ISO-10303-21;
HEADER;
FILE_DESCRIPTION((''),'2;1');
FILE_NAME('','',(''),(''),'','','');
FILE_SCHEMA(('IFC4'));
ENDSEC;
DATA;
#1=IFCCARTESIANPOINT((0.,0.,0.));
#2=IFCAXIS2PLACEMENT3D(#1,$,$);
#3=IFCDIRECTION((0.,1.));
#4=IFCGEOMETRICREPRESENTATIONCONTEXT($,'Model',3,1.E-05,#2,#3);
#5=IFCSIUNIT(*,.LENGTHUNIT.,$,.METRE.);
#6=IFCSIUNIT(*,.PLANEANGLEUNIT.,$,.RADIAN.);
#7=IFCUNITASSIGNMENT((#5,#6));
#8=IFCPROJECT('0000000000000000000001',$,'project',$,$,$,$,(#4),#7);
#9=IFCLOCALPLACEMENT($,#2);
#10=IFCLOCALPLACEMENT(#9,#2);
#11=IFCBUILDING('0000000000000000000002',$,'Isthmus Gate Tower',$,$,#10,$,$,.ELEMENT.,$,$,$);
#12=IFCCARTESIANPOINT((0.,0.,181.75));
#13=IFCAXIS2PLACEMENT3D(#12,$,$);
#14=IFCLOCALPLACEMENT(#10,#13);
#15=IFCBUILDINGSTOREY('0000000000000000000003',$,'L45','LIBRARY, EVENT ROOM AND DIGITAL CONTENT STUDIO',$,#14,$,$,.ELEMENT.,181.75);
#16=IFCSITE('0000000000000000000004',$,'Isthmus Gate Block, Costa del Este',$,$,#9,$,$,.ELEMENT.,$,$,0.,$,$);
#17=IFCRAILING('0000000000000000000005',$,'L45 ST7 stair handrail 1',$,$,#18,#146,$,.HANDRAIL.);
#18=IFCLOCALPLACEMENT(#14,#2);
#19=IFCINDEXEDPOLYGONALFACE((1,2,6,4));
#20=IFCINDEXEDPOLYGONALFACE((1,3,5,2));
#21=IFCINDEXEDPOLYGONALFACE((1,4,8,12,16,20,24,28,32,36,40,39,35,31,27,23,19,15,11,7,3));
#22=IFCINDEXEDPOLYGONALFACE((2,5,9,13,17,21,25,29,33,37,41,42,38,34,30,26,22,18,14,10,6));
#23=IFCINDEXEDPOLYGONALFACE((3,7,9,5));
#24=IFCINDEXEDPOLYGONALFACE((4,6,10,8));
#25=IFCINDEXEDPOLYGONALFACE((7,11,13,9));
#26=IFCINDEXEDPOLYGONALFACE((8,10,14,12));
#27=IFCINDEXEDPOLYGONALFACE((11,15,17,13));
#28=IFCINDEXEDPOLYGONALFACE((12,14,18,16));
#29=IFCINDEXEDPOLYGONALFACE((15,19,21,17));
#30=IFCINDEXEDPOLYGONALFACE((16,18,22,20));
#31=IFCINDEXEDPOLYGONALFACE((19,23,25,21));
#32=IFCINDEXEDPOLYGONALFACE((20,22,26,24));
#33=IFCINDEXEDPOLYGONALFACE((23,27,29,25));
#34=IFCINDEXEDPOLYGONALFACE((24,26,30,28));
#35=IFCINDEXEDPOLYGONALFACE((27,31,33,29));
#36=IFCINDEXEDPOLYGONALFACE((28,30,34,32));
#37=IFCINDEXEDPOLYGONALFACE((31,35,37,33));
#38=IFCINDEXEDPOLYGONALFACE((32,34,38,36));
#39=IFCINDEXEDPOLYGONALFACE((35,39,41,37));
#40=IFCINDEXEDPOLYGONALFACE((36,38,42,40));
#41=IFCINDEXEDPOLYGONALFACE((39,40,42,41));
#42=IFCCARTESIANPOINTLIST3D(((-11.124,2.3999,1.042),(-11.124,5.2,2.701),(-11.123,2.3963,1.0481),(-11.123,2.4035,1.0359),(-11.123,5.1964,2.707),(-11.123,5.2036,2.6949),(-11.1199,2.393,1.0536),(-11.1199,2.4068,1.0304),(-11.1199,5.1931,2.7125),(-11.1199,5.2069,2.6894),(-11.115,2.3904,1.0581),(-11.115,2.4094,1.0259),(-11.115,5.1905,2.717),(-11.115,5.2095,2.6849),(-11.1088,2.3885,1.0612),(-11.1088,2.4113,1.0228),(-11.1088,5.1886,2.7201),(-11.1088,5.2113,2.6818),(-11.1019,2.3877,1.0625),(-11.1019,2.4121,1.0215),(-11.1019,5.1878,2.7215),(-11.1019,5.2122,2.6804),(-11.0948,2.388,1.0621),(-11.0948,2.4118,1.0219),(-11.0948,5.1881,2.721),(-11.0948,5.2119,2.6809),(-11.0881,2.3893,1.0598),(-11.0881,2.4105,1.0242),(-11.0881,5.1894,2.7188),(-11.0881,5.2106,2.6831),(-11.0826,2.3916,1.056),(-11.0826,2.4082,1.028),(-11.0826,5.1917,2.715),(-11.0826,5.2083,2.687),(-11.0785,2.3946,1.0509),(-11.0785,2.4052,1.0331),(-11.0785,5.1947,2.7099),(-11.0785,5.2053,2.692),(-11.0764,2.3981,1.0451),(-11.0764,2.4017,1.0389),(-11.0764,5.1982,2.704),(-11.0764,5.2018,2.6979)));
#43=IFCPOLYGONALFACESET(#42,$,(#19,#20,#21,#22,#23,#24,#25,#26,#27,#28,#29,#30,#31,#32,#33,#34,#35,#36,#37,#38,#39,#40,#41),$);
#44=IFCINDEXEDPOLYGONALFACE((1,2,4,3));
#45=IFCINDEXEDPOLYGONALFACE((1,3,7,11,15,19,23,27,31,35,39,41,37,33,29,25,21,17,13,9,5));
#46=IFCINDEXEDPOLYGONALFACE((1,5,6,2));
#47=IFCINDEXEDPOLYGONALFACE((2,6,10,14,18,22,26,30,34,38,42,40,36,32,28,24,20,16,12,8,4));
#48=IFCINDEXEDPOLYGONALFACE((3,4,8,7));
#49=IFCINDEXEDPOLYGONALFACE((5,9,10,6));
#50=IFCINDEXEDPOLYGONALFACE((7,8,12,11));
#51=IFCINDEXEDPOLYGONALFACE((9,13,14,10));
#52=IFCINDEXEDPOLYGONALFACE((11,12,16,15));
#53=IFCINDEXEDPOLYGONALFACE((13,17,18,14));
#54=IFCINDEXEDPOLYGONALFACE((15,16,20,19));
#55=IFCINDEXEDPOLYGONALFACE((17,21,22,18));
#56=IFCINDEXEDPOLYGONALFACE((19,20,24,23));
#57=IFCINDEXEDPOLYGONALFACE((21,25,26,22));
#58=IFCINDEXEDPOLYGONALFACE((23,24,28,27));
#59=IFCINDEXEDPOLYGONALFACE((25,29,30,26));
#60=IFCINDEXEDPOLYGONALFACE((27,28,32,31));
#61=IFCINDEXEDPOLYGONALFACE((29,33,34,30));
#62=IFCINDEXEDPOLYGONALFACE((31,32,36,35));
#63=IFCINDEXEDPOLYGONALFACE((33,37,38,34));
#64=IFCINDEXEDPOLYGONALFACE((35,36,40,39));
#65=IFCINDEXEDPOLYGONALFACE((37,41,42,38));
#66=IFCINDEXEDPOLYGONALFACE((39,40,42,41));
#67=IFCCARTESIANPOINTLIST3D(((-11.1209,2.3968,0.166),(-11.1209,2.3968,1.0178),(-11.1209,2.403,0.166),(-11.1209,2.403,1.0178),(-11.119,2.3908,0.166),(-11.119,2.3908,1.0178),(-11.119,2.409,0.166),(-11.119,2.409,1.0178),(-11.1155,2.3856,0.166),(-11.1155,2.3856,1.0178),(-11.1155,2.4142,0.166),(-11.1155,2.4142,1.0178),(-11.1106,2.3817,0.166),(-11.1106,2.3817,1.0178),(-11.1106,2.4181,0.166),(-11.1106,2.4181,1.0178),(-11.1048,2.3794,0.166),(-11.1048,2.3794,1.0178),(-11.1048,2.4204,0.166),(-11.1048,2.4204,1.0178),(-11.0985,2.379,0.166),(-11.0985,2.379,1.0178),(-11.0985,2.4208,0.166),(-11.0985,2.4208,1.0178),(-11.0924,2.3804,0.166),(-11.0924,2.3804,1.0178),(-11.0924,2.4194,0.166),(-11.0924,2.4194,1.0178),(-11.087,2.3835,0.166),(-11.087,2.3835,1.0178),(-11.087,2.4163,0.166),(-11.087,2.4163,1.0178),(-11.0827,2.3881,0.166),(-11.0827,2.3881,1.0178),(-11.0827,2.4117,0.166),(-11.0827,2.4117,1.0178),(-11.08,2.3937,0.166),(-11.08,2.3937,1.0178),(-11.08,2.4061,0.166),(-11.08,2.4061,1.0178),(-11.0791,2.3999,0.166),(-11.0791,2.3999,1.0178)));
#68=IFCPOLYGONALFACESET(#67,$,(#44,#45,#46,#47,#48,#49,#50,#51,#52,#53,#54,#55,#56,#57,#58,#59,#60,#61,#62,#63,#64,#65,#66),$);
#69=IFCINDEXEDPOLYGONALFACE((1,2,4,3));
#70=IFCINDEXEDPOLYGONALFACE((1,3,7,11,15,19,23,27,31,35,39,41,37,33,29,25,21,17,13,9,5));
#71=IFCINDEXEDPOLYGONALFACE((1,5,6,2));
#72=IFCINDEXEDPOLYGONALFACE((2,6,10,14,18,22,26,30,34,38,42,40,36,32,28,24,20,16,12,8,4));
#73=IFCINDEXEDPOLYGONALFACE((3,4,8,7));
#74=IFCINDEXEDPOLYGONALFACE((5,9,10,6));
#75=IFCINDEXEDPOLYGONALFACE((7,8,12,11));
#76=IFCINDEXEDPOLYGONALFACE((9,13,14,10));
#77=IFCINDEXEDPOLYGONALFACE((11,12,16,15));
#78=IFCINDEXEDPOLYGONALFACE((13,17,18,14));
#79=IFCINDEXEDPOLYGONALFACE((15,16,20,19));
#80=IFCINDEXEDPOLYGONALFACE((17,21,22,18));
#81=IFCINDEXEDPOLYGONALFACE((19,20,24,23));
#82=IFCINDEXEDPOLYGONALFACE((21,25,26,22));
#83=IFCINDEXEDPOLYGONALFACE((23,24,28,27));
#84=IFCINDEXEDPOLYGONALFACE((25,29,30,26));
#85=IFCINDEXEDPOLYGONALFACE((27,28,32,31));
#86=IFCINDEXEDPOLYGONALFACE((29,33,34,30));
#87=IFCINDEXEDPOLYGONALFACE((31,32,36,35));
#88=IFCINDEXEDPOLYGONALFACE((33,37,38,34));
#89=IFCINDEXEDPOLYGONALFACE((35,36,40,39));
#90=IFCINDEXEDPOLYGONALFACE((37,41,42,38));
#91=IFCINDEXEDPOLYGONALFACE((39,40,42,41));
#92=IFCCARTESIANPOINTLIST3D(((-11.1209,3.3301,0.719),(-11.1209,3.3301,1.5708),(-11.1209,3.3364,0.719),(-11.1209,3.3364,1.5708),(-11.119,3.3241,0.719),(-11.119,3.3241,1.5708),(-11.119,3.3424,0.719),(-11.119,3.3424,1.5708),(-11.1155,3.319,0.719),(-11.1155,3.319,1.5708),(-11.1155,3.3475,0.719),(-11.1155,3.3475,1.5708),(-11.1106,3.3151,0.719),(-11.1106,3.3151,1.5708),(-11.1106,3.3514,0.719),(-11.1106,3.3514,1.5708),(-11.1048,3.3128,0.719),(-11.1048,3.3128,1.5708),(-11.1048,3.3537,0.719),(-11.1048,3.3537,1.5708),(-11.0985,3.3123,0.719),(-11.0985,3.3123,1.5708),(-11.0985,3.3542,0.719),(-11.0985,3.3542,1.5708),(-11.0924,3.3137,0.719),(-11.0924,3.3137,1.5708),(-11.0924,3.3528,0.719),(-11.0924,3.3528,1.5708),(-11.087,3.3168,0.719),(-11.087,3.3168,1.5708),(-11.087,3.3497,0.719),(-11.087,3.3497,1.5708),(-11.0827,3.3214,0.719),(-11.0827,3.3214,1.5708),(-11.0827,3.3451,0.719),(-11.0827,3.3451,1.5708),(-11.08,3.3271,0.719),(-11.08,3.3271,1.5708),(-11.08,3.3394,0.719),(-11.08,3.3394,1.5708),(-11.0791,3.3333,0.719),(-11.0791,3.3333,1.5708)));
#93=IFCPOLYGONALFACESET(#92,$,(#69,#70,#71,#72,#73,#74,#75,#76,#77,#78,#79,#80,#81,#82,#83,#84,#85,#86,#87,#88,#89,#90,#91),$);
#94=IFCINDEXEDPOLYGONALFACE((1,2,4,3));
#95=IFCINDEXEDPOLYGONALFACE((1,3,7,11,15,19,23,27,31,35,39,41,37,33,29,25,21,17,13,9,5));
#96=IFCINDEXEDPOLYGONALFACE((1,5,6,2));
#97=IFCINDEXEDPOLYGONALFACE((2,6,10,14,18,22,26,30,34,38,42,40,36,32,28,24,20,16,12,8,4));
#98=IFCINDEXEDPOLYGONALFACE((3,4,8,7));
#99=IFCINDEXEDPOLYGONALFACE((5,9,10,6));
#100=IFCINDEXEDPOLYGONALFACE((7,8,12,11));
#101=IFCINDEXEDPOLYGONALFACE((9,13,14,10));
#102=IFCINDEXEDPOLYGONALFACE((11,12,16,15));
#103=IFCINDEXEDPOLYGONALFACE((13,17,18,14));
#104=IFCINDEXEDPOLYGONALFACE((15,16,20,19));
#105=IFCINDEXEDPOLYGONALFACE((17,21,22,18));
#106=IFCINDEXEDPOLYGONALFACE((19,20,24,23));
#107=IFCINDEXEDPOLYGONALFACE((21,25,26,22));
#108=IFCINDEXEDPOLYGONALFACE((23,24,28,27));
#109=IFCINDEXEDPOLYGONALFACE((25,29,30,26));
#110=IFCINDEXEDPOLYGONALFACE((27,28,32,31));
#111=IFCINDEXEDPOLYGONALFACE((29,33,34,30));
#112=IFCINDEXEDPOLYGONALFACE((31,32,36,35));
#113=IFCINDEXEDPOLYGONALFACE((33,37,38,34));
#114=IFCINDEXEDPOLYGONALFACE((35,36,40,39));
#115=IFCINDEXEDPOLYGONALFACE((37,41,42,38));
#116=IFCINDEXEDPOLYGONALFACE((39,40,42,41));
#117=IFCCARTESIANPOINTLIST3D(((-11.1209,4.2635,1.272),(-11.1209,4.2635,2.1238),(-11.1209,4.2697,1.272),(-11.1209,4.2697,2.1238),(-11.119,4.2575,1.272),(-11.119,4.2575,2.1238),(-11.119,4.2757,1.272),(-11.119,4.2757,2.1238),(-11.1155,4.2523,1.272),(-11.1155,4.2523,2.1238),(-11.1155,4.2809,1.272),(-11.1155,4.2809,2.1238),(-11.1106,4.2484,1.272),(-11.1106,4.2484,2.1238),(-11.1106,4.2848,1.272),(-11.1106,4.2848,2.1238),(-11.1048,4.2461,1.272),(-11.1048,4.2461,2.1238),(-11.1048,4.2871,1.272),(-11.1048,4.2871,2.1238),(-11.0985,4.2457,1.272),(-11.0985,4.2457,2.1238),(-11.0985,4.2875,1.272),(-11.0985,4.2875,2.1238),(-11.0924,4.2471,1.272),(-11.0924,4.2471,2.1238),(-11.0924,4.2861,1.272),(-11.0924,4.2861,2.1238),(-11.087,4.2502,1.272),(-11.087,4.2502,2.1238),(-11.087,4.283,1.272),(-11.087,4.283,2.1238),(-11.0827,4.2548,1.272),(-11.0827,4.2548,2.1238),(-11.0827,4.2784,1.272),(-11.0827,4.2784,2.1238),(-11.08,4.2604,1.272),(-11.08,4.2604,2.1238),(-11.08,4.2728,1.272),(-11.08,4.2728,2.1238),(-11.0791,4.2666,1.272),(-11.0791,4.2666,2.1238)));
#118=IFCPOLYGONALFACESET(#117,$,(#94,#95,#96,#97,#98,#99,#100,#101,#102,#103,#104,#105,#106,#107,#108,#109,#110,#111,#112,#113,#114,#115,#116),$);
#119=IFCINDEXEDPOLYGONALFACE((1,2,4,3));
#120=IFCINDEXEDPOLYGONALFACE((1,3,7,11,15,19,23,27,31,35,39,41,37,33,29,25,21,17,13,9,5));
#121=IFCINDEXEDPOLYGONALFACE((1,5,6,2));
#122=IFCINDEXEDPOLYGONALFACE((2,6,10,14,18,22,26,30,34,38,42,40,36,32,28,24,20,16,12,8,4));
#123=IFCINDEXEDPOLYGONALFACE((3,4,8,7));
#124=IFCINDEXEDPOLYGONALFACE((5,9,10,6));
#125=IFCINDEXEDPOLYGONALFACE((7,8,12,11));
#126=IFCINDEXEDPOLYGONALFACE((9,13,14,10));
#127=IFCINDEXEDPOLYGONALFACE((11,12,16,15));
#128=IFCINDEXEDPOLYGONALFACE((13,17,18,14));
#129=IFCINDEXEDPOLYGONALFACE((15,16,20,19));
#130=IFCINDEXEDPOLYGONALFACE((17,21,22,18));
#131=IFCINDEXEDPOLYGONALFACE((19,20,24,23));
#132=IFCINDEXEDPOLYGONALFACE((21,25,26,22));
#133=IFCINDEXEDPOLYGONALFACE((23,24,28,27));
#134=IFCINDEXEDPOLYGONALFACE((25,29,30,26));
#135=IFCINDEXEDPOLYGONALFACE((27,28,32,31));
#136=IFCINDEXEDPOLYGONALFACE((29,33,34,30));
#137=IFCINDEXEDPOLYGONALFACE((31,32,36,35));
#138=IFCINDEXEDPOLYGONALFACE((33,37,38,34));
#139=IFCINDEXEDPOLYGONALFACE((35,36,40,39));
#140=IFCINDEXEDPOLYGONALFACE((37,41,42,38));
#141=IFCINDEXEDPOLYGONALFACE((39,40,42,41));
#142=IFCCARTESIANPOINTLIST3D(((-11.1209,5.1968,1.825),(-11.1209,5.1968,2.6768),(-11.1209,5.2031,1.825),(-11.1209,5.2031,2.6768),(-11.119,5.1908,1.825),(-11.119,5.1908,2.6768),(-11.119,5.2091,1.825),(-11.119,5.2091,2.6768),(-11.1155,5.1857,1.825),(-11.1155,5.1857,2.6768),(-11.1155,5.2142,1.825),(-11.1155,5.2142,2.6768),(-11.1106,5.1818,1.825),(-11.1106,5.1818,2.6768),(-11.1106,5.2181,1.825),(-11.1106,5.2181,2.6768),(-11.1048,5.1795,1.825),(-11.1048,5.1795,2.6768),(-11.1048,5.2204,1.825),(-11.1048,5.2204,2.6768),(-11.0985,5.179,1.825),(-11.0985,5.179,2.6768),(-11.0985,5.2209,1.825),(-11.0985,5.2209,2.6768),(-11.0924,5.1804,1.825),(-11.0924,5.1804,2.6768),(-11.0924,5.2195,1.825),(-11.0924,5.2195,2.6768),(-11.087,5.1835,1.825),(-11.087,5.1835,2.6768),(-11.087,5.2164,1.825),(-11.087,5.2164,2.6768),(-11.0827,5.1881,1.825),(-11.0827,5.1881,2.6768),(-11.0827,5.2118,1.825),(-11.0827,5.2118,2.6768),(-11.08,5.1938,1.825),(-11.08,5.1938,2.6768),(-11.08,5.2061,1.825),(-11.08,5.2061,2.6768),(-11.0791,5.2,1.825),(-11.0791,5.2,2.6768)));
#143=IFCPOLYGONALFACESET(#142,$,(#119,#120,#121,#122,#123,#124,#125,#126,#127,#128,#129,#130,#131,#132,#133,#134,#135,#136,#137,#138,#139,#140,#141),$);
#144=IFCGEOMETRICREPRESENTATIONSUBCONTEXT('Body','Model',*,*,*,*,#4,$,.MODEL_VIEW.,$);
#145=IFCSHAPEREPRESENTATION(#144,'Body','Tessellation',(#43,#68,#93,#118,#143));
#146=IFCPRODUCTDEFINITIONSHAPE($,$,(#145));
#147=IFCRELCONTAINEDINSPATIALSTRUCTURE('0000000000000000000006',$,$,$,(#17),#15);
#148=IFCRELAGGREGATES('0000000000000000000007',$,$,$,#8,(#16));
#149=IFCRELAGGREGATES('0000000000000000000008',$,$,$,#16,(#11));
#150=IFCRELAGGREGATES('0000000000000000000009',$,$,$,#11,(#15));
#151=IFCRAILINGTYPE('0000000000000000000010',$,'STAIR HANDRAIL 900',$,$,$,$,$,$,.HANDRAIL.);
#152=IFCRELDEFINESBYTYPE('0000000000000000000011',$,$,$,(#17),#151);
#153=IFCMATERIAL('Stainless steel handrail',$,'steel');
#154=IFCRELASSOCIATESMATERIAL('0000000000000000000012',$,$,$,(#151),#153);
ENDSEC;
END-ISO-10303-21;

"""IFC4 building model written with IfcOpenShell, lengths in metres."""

from ifc_helpers import new_model, si_unit, direction, frame, origin, origin_2d, place, context, subcontext, project, spatial, circle, extrude, material, type_object, element, save


model = new_model("IFC4")

# Units and contexts
model_context = context("Model", 3, precision=1e-05, world=origin(), true_north=direction((0.0, 1.0)))
body_context = subcontext(model_context, "Body", "Model", "MODEL_VIEW")
ifc_project = project(units=[si_unit("LENGTHUNIT", "METRE"), si_unit("PLANEANGLEUNIT", "RADIAN")], contexts=[model_context])

# Site, building, storey
site_placement = place(None, origin())
site = spatial("IfcSite", under=ifc_project, at=site_placement, Name="Isthmus Gate Block, Costa del Este", CompositionType="ELEMENT", RefElevation=0.0)
building_placement = place(site_placement, origin())
building = spatial("IfcBuilding", under=site, at=building_placement, Name="Isthmus Gate Tower", CompositionType="ELEMENT")
storey_placement = place(building_placement, frame((0.0, 0.0, 181.75)))
storey = spatial("IfcBuildingStorey", under=building, at=storey_placement, Name="L45", Description="LIBRARY, EVENT ROOM AND DIGITAL CONTENT STUDIO", CompositionType="ELEMENT", Elevation=181.75)

# Railing
ifc_material_1 = material(Name="Stainless steel handrail", Category="steel")
railing_type_1 = type_object("IfcRailingType", Name="STAIR HANDRAIL 900", PredefinedType="HANDRAIL", material=ifc_material_1)
railing_1_placement = place(storey_placement, frame((-11.1001, 2.3999, 0.166)))
element("IfcRailing", 1, at=railing_1_placement, inside=storey, type_object=railing_type_1, Name="L45 ST7 stair handrail 1", PredefinedType="HANDRAIL", context=body_context, shape_type="SweptSolid", body=[
    extrude(circle(Radius=0.0239, at=origin_2d()), frame((0.0, 0.0, 0.876), z_axis=(0.0, 0.860339, 0.509722), x_axis=(-1.0, 0.0, 0.0)), (0.0, 0.0, 1.0), 3.2546),
    extrude(circle(Radius=0.021, at=origin_2d()), origin(), (0.0, 0.0, 1.0), 0.8518),
    extrude(circle(Radius=0.021, at=origin_2d()), frame((0.0, 0.9333, 0.553)), (0.0, 0.0, 1.0), 0.8518),
    extrude(circle(Radius=0.021, at=origin_2d()), frame((0.0, 1.8667, 1.106)), (0.0, 0.0, 1.0), 0.8518),
    extrude(circle(Radius=0.021, at=origin_2d()), frame((0.0, 2.8, 1.6589)), (0.0, 0.0, 1.0), 0.8518),
])

save(model, "model.ifc")
